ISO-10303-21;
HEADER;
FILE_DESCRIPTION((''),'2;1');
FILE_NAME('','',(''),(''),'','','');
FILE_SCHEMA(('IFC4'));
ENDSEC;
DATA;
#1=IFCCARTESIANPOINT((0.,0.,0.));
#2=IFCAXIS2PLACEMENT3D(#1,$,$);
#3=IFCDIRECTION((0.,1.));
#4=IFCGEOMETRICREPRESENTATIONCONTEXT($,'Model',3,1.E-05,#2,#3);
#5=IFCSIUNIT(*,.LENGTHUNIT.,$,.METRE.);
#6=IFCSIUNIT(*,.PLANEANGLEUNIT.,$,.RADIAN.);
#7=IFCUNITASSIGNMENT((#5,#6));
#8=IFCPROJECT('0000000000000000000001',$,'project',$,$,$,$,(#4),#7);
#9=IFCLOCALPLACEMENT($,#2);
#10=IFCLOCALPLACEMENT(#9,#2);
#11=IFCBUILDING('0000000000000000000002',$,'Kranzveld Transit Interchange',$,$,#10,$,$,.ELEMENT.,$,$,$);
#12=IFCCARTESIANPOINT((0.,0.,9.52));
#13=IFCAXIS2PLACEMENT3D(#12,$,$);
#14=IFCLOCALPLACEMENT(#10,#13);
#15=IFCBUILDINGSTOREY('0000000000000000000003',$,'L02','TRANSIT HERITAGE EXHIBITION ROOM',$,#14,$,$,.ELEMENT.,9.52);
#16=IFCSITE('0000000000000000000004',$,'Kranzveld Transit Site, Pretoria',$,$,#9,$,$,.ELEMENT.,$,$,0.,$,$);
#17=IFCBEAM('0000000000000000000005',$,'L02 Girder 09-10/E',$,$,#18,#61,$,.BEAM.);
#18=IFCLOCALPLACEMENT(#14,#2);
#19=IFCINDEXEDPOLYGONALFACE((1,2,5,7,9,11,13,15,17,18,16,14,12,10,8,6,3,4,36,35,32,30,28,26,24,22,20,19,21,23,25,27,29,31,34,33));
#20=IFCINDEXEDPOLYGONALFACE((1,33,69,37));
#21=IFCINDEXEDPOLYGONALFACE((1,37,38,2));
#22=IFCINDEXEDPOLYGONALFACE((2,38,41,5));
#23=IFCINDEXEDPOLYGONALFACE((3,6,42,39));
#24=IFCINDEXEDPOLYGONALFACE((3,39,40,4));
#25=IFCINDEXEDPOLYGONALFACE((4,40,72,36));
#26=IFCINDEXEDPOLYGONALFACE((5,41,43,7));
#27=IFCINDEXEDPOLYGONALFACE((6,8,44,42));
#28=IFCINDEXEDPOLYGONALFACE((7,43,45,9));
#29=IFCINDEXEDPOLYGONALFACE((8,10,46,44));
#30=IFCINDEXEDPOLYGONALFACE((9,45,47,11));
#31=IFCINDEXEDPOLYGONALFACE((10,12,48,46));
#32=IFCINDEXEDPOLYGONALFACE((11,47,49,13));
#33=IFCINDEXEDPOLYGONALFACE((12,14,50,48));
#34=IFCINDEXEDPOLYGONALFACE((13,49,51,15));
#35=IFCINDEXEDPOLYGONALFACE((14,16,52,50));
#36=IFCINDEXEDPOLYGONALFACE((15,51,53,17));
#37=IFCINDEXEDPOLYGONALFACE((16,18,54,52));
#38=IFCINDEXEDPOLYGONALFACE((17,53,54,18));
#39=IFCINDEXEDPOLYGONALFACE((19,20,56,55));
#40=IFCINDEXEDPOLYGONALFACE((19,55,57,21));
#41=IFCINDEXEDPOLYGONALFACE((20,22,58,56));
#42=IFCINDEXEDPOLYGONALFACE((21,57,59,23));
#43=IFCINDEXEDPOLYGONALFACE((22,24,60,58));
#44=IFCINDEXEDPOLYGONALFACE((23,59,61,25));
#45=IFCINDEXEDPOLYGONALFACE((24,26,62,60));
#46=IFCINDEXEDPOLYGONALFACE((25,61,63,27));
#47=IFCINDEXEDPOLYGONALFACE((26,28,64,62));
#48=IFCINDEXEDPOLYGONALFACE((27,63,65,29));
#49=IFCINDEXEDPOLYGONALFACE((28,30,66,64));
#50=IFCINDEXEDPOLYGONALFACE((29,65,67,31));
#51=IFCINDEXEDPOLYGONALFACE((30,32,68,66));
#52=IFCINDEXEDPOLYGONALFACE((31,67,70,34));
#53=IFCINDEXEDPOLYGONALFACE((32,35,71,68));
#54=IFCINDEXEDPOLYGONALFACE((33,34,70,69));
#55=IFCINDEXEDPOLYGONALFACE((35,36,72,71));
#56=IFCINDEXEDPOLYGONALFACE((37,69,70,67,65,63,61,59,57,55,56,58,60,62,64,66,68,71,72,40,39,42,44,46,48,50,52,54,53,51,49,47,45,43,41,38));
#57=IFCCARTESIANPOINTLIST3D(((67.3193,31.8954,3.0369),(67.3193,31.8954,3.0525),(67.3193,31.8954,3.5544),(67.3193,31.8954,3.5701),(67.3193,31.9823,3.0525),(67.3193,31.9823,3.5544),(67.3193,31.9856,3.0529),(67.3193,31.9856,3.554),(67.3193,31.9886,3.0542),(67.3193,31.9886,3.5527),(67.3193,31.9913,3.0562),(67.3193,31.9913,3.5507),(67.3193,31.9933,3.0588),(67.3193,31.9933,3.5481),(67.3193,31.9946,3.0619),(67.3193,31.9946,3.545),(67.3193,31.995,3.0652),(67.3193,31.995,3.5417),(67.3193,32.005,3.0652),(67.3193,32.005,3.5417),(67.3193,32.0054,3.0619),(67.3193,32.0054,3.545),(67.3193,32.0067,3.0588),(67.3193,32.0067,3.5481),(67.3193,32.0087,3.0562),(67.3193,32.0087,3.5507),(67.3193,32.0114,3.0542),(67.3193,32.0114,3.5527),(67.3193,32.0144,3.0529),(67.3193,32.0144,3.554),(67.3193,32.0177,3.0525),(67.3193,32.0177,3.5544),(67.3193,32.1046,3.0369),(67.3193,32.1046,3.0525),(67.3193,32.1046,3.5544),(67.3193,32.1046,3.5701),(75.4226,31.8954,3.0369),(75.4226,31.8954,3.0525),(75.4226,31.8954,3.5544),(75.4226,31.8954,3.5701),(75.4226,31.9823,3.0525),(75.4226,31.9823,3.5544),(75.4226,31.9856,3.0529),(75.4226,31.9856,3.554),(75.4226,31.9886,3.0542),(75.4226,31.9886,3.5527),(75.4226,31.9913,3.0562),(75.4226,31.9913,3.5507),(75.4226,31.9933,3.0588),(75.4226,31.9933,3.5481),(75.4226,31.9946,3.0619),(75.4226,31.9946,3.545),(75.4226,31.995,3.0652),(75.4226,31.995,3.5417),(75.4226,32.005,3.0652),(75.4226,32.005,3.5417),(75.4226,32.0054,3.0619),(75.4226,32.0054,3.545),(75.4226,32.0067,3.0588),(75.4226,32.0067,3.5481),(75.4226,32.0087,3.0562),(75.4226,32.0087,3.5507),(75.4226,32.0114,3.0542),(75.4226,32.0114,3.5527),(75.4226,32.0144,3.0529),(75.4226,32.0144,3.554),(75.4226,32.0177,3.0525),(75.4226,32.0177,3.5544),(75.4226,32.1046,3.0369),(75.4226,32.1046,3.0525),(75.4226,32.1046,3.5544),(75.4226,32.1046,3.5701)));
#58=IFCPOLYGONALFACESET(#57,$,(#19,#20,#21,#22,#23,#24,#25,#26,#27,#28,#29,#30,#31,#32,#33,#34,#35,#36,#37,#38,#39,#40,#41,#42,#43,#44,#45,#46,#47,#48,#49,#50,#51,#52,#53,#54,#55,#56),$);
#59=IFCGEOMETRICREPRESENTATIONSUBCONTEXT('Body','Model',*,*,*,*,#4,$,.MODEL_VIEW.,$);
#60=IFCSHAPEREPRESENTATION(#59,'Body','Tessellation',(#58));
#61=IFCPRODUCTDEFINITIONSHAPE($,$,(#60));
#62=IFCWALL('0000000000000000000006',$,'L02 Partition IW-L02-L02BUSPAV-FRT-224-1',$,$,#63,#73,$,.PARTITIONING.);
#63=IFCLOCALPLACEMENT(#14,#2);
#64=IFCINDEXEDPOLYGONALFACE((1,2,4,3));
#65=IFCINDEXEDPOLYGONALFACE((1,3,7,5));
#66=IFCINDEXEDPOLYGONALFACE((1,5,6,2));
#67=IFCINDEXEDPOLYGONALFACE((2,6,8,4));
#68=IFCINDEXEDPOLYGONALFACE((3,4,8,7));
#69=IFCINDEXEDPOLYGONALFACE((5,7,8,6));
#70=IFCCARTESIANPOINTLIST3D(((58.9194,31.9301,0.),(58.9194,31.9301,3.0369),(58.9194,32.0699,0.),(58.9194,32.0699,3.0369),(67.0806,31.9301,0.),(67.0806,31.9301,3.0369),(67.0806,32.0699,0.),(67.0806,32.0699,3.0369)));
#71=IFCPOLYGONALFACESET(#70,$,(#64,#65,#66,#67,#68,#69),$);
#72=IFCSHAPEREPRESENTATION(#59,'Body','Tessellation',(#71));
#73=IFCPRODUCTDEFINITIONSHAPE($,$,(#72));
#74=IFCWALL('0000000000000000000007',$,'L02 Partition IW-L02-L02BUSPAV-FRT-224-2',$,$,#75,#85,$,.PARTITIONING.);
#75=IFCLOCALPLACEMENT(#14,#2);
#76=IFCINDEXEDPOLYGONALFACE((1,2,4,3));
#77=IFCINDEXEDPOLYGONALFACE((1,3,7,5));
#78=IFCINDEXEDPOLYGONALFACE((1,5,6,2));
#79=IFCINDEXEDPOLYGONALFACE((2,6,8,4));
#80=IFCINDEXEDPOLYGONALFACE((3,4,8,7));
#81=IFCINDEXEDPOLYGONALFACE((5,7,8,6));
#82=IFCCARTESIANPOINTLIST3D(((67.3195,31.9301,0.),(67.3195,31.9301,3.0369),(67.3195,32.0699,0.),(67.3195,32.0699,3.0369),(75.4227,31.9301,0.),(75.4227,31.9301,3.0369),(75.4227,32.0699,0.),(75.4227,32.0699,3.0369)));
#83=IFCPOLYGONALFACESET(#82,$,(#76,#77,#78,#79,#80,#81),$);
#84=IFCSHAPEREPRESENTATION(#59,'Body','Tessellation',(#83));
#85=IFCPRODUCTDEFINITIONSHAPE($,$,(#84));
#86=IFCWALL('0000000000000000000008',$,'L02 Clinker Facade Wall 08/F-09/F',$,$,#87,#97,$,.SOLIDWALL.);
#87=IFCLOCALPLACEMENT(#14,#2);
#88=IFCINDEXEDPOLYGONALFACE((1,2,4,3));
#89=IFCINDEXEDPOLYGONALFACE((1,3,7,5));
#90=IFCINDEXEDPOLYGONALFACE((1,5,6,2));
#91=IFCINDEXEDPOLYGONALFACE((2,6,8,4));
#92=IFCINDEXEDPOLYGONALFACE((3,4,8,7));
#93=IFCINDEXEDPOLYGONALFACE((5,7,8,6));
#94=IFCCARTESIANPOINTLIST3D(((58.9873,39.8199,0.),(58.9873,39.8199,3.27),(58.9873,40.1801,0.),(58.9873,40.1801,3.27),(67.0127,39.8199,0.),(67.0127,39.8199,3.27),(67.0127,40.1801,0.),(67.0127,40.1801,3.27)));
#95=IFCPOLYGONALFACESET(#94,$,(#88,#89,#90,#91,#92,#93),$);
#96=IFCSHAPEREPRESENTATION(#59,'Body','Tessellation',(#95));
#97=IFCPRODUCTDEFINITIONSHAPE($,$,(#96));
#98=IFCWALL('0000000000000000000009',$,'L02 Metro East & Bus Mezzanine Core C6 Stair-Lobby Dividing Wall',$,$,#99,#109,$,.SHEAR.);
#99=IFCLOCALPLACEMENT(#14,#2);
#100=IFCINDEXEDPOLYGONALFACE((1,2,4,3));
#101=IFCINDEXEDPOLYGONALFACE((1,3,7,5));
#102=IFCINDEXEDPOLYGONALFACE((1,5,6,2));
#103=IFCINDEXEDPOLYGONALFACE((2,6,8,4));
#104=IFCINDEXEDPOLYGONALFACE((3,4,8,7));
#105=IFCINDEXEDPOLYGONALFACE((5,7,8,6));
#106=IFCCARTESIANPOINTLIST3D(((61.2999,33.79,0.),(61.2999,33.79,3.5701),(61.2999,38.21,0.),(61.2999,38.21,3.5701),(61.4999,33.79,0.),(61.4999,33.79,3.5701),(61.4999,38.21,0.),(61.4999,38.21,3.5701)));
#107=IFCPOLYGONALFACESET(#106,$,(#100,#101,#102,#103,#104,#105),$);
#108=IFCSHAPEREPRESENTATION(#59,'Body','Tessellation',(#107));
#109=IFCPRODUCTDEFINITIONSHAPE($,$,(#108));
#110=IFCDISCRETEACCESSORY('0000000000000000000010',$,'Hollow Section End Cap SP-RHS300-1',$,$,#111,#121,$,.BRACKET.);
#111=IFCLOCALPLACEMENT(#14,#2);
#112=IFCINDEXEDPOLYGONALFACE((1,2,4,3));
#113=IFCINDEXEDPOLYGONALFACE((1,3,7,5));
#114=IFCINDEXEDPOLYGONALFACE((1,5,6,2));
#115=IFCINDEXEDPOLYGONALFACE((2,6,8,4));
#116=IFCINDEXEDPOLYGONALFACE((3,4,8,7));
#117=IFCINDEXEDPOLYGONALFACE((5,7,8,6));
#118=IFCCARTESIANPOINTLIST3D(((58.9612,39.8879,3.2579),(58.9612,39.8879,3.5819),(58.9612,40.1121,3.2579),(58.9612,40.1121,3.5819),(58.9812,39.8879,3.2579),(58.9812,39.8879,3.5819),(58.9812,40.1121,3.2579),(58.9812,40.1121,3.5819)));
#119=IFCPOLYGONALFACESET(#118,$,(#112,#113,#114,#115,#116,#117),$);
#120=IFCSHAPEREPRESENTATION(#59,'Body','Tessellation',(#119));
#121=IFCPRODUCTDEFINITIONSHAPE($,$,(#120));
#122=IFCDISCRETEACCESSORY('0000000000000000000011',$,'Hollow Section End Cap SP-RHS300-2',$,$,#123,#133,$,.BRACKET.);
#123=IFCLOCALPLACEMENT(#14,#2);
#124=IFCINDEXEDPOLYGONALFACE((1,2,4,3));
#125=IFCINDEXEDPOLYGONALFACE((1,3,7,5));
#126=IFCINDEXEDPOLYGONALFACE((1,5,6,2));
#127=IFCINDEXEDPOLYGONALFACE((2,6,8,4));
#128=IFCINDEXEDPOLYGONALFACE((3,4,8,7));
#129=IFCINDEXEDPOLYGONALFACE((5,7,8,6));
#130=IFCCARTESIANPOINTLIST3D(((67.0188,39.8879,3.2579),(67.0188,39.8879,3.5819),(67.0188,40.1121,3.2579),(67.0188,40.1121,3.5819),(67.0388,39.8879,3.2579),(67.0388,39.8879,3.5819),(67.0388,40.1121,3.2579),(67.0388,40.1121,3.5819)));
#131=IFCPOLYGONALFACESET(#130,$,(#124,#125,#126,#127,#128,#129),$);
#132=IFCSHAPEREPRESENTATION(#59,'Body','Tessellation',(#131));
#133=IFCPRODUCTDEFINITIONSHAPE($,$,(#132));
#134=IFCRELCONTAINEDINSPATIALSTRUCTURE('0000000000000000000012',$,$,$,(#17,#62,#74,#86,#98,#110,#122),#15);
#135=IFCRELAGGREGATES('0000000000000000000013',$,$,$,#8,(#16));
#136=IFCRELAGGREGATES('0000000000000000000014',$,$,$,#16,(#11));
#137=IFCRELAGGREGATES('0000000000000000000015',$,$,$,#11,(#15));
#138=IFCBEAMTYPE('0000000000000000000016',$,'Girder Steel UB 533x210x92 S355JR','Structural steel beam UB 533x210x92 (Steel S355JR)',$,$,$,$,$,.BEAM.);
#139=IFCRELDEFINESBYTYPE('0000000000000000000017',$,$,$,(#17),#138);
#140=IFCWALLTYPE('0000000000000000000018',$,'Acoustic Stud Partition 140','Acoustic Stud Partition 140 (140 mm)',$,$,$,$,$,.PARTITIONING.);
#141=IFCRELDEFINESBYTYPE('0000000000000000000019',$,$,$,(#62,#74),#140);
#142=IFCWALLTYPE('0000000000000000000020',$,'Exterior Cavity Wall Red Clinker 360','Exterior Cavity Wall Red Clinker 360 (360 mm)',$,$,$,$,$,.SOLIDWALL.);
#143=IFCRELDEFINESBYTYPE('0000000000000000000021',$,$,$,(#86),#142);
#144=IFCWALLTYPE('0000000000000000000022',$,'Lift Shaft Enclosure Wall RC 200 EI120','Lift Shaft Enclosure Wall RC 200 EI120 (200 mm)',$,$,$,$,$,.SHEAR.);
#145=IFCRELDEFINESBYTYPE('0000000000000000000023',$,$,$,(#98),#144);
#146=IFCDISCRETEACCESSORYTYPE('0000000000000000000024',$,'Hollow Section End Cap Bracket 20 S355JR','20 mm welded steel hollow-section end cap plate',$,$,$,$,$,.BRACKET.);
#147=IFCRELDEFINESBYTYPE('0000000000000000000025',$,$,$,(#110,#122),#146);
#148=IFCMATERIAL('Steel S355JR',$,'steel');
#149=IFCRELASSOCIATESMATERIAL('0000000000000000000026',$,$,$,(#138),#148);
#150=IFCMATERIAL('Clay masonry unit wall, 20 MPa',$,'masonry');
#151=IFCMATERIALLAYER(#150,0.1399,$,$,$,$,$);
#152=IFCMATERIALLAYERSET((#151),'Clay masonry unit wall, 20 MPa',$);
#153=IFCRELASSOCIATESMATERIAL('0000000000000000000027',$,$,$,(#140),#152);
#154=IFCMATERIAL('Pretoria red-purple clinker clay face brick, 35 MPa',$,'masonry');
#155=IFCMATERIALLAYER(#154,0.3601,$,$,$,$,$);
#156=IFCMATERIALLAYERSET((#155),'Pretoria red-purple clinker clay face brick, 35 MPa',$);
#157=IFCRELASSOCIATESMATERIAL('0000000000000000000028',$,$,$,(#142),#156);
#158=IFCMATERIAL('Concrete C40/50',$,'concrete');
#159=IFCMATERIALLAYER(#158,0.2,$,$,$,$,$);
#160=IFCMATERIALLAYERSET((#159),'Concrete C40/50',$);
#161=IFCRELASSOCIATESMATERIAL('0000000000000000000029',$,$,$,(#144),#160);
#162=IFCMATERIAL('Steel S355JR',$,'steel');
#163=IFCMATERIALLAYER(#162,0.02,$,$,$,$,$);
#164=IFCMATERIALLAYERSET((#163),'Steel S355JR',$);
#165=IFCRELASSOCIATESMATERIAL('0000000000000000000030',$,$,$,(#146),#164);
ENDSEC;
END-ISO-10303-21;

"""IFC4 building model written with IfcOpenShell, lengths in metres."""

from ifc_helpers import new_model, si_unit, direction, frame, frame_2d, origin, origin_2d, place, context, subcontext, project, spatial, rectangle, i_section, extrude, material, layer, layer_set, material_profile, profile_set, type_object, element, save


model = new_model("IFC4")

# Units and contexts
model_context = context("Model", 3, precision=1e-05, world=origin(), true_north=direction((0.0, 1.0)))
body_context = subcontext(model_context, "Body", "Model", "MODEL_VIEW")
ifc_project = project(units=[si_unit("LENGTHUNIT", "METRE"), si_unit("PLANEANGLEUNIT", "RADIAN")], contexts=[model_context])

# Site, building, storey
site_placement = place(None, origin())
site = spatial("IfcSite", under=ifc_project, at=site_placement, Name="Kranzveld Transit Site, Pretoria", CompositionType="ELEMENT", RefElevation=0.0)
building_placement = place(site_placement, origin())
building = spatial("IfcBuilding", under=site, at=building_placement, Name="Kranzveld Transit Interchange", CompositionType="ELEMENT")
storey_placement = place(building_placement, frame((0.0, 0.0, 9.52)))
storey = spatial("IfcBuildingStorey", under=building, at=storey_placement, Name="L02", Description="TRANSIT HERITAGE EXHIBITION ROOM", CompositionType="ELEMENT", Elevation=9.52)

# Beam
ifc_material_1 = material(Name="Steel S355JR", Category="steel")
ifc_material_profile_1 = material_profile(ifc_material_1, i_section(OverallWidth=0.2092, OverallDepth=0.5332, WebThickness=0.01, FlangeThickness=0.0156, FilletRadius=0.0127, at=origin_2d()), Name="UB 533x210x92")
ifc_profile_set_1 = profile_set([ifc_material_profile_1], Name="Steel S355JR")
beam_type_1 = type_object("IfcBeamType", Name="Girder Steel UB 533x210x92 S355JR", Description="Structural steel beam UB 533x210x92 (Steel S355JR)", PredefinedType="BEAM", material=ifc_profile_set_1)
beam_1_placement = place(storey_placement, frame((67.3193, 32.0, 3.3035), z_axis=(1.0, 0.0, 0.0), x_axis=(0.0, 1.0, 0.0)))
element("IfcBeam", 1, at=beam_1_placement, inside=storey, type_object=beam_type_1, Name="L02 Girder 09-10/E", PredefinedType="BEAM", context=body_context, shape_type="SweptSolid", body=[
    extrude(i_section(OverallWidth=0.2092, OverallDepth=0.5332, WebThickness=0.01, FlangeThickness=0.0156, FilletRadius=0.0127, at=origin_2d()), origin(), (0.0, 0.0, 1.0), 8.1033),
])

# Walls
ifc_material_2 = material(Name="Clay masonry unit wall, 20 MPa", Category="masonry")
ifc_layer_1 = layer(ifc_material_2, 0.1399)
ifc_layer_set_1 = layer_set([ifc_layer_1], Name="Clay masonry unit wall, 20 MPa")
wall_type_1 = type_object("IfcWallType", Name="Acoustic Stud Partition 140", Description="Acoustic Stud Partition 140 (140 mm)", PredefinedType="PARTITIONING", material=ifc_layer_set_1)
wall_1_placement = place(storey_placement, frame((58.9194, 32.0, 0.0), z_axis=(0.0, 0.0, 1.0), x_axis=(1.0, 0.0, 0.0)))
element("IfcWall", 2, at=wall_1_placement, inside=storey, type_object=wall_type_1, Name="L02 Partition IW-L02-L02BUSPAV-FRT-224-1", PredefinedType="PARTITIONING", context=body_context, shape_type="SweptSolid", body=[
    extrude(rectangle(XDim=8.1611, YDim=0.1399, at=frame_2d((4.0806, 0.0))), origin(), (0.0, 0.0, 1.0), 3.0369),
])
wall_2_placement = place(storey_placement, frame((67.3193, 32.0, 0.0), z_axis=(0.0, 0.0, 1.0), x_axis=(1.0, 0.0, 0.0)))
element("IfcWall", 3, at=wall_2_placement, inside=storey, type_object=wall_type_1, Name="L02 Partition IW-L02-L02BUSPAV-FRT-224-2", PredefinedType="PARTITIONING", context=body_context, shape_type="SweptSolid", body=[
    extrude(rectangle(XDim=8.1033, YDim=0.1399, at=frame_2d((4.0518, 0.0))), origin(), (0.0, 0.0, 1.0), 3.0369),
])
ifc_material_3 = material(Name="Pretoria red-purple clinker clay face brick, 35 MPa", Category="masonry")
ifc_layer_2 = layer(ifc_material_3, 0.3601)
ifc_layer_set_2 = layer_set([ifc_layer_2], Name="Pretoria red-purple clinker clay face brick, 35 MPa")
wall_type_2 = type_object("IfcWallType", Name="Exterior Cavity Wall Red Clinker 360", Description="Exterior Cavity Wall Red Clinker 360 (360 mm)", PredefinedType="SOLIDWALL", material=ifc_layer_set_2)
wall_3_placement = place(storey_placement, frame((58.9873, 40.0, 0.0), z_axis=(0.0, 0.0, 1.0), x_axis=(1.0, 0.0, 0.0)))
element("IfcWall", 4, at=wall_3_placement, inside=storey, type_object=wall_type_2, Name="L02 Clinker Facade Wall 08/F-09/F", PredefinedType="SOLIDWALL", context=body_context, shape_type="SweptSolid", body=[
    extrude(rectangle(XDim=8.0254, YDim=0.3601, at=frame_2d((4.0127, 0.0))), origin(), (0.0, 0.0, 1.0), 3.27),
])
ifc_material_4 = material(Name="Concrete C40/50", Category="concrete")
ifc_layer_3 = layer(ifc_material_4, 0.2)
ifc_layer_set_3 = layer_set([ifc_layer_3], Name="Concrete C40/50")
wall_type_3 = type_object("IfcWallType", Name="Lift Shaft Enclosure Wall RC 200 EI120", Description="Lift Shaft Enclosure Wall RC 200 EI120 (200 mm)", PredefinedType="SHEAR", material=ifc_layer_set_3)
wall_4_placement = place(storey_placement, frame((61.3999, 33.79, 0.0), z_axis=(0.0, 0.0, 1.0), x_axis=(0.0, 1.0, 0.0)))
element("IfcWall", 5, at=wall_4_placement, inside=storey, type_object=wall_type_3, Name="L02 Metro East & Bus Mezzanine Core C6 Stair-Lobby Dividing Wall", PredefinedType="SHEAR", context=body_context, shape_type="SweptSolid", body=[
    extrude(rectangle(XDim=4.4199, YDim=0.2, at=frame_2d((2.21, 0.0))), origin(), (0.0, 0.0, 1.0), 3.5701),
])

# Discrete accessories
ifc_material_5 = material(Name="Steel S355JR", Category="steel")
ifc_layer_4 = layer(ifc_material_5, 0.02)
ifc_layer_set_4 = layer_set([ifc_layer_4], Name="Steel S355JR")
discrete_accessory_type = type_object("IfcDiscreteAccessoryType", Name="Hollow Section End Cap Bracket 20 S355JR", Description="20 mm welded steel hollow-section end cap plate", PredefinedType="BRACKET", material=ifc_layer_set_4)
for number, where, z_axis, x_axis, name in (
    (6, (58.9812, 40.0, 3.4199), (-1.0, 0.0, 0.0), (0.0, -1.0, 0.0), "Hollow Section End Cap SP-RHS300-1"),
    (7, (67.0188, 40.0, 3.4199), (1.0, 0.0, 0.0), (0.0, 1.0, 0.0), "Hollow Section End Cap SP-RHS300-2"),
):
    element("IfcDiscreteAccessory", number, at=place(storey_placement, frame(where, z_axis=z_axis, x_axis=x_axis)), inside=storey, type_object=discrete_accessory_type, Name=name, PredefinedType="BRACKET", context=body_context, shape_type="SweptSolid", body=[
        extrude(rectangle(XDim=0.2241, YDim=0.324, at=origin_2d()), origin(), (0.0, 0.0, 1.0), 0.02),
    ])

save(model, "model.ifc")
